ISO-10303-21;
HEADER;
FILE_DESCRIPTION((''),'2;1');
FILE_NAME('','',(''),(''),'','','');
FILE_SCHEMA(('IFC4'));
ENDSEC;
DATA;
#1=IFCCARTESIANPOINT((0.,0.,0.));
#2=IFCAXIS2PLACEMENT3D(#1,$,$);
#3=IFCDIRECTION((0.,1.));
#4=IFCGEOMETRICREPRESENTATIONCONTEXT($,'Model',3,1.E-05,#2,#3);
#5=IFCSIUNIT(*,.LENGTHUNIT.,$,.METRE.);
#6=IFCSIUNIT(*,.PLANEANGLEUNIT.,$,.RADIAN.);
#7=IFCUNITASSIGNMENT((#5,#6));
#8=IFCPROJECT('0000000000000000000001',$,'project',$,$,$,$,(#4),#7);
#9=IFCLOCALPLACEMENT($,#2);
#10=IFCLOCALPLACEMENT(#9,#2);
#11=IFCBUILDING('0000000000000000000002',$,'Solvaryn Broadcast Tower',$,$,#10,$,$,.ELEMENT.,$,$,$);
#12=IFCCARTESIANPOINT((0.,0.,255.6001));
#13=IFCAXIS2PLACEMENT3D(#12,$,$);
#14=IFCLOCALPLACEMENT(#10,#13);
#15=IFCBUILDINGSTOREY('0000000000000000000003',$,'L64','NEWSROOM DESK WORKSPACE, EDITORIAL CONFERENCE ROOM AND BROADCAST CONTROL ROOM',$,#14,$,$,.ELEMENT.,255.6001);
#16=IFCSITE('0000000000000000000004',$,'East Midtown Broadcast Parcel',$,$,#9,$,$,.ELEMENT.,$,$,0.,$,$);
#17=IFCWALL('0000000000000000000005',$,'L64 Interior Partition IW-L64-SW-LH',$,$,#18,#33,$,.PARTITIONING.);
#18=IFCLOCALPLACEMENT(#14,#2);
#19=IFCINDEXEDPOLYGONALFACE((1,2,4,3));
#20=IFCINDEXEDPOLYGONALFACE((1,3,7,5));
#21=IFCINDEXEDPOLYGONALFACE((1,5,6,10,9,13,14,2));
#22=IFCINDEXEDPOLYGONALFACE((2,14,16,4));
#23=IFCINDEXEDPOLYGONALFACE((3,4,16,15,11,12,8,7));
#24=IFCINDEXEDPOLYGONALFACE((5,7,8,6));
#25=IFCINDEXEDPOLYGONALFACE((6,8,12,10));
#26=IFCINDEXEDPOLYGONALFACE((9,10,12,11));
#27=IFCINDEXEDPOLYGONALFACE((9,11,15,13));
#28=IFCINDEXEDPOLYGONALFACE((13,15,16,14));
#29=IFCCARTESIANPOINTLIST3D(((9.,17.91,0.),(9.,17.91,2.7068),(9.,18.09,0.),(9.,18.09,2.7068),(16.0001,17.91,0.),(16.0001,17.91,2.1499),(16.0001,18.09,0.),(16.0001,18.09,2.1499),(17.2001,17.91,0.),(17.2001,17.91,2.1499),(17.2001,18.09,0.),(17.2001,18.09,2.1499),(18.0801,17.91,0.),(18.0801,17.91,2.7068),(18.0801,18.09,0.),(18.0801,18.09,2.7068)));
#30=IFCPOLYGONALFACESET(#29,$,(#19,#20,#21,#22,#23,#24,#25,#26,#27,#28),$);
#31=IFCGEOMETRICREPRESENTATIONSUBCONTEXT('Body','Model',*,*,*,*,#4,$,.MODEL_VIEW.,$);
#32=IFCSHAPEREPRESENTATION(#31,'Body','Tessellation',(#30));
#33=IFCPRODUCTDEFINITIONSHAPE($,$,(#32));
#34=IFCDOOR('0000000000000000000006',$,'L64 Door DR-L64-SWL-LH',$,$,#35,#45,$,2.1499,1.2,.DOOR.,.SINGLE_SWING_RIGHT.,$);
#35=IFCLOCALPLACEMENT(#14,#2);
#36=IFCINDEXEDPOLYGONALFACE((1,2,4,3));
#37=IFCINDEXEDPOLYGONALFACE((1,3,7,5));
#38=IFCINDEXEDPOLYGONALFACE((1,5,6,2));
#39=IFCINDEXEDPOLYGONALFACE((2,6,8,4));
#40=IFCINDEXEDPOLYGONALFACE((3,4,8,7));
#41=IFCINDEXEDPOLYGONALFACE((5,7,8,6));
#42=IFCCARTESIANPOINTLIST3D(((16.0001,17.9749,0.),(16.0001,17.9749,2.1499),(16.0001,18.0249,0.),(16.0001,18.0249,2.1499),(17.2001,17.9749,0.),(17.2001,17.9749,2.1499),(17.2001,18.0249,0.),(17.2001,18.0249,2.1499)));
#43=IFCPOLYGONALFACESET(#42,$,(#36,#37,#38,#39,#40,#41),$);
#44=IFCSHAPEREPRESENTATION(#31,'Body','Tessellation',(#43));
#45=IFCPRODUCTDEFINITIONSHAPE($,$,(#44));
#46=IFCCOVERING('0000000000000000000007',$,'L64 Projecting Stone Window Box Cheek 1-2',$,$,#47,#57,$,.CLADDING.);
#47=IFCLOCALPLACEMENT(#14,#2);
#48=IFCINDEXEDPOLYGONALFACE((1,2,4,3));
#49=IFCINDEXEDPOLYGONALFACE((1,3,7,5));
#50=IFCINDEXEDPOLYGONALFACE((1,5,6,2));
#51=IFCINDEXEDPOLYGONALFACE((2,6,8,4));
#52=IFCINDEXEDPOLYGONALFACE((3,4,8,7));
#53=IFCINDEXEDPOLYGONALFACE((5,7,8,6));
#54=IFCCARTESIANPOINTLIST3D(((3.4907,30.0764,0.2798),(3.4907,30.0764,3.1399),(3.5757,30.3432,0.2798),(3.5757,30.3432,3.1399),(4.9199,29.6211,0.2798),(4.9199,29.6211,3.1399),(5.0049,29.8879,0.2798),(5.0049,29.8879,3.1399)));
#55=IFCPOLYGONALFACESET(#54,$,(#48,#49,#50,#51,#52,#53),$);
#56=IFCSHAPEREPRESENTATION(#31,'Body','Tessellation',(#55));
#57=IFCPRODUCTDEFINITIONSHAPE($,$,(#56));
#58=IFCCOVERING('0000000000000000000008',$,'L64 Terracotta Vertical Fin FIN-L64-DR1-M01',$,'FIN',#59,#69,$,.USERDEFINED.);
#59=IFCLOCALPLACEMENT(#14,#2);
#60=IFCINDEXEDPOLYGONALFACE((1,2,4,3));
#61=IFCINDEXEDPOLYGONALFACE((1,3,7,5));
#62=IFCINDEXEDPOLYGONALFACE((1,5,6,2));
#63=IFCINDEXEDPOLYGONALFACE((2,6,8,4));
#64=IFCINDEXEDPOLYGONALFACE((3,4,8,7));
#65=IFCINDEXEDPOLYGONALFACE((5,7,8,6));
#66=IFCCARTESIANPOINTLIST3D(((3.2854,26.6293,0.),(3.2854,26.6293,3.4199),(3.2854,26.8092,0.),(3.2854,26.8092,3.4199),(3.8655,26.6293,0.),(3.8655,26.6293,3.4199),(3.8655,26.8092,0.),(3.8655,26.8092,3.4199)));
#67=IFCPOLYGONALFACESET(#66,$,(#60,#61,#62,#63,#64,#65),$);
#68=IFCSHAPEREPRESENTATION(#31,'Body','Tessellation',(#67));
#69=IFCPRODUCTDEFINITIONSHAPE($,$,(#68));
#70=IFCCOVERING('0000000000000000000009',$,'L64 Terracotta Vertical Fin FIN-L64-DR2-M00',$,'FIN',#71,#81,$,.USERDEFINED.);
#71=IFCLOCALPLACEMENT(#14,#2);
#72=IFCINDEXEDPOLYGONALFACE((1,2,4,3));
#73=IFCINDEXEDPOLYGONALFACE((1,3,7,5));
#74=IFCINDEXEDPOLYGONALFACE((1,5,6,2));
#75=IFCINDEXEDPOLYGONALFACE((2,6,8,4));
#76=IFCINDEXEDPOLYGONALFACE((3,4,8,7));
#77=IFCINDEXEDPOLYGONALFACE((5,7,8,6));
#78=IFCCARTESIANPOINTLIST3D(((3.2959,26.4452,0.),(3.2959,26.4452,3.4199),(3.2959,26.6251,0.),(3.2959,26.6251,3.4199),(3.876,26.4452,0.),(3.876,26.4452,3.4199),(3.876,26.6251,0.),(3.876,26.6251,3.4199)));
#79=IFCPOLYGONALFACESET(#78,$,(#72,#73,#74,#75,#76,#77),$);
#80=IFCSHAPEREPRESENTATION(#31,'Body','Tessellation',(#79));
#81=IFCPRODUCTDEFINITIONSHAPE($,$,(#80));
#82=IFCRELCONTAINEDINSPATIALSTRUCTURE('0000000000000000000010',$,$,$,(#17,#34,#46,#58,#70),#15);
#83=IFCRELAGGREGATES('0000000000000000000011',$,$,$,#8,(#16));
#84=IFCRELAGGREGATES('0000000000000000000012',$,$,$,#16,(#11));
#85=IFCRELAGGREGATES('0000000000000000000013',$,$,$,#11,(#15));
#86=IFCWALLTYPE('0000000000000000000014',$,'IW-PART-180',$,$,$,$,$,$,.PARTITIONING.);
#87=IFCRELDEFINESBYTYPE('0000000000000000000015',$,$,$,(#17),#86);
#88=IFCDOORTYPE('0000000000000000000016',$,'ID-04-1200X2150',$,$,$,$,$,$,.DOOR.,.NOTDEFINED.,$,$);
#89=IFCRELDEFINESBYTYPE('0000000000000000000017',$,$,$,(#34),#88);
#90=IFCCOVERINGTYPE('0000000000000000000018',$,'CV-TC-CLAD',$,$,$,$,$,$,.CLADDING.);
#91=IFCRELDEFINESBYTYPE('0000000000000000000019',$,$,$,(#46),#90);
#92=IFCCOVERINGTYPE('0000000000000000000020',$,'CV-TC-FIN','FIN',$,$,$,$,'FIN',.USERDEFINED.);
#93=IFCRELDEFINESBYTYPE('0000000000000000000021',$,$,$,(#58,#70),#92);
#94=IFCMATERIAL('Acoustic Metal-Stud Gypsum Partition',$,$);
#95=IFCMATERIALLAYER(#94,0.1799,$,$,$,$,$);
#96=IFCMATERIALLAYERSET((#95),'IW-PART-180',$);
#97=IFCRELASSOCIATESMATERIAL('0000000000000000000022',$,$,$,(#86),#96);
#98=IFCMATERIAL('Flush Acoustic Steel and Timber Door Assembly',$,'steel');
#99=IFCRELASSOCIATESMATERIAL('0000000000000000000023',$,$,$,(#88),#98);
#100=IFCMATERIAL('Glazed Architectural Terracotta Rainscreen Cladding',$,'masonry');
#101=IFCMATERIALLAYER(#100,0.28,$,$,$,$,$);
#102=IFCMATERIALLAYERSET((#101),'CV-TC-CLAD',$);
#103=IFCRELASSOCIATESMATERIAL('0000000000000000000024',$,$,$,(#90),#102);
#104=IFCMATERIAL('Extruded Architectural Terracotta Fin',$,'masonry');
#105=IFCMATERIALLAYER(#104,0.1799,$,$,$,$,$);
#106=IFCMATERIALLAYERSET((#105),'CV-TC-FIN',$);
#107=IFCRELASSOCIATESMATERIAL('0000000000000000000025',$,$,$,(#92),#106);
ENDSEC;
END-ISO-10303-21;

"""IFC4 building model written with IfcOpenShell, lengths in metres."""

from ifc_helpers import new_model, si_unit, direction, frame, frame_2d, origin, origin_2d, place, context, subcontext, project, spatial, rectangle, extrude, material, layer, layer_set, type_object, element, fill, save


model = new_model("IFC4")

# Units and contexts
model_context = context("Model", 3, precision=1e-05, world=origin(), true_north=direction((0.0, 1.0)))
body_context = subcontext(model_context, "Body", "Model", "MODEL_VIEW")
ifc_project = project(units=[si_unit("LENGTHUNIT", "METRE"), si_unit("PLANEANGLEUNIT", "RADIAN")], contexts=[model_context])

# Site, building, storey
site_placement = place(None, origin())
site = spatial("IfcSite", under=ifc_project, at=site_placement, Name="East Midtown Broadcast Parcel", CompositionType="ELEMENT", RefElevation=0.0)
building_placement = place(site_placement, origin())
building = spatial("IfcBuilding", under=site, at=building_placement, Name="Solvaryn Broadcast Tower", CompositionType="ELEMENT")
storey_placement = place(building_placement, frame((0.0, 0.0, 255.6001)))
storey = spatial("IfcBuildingStorey", under=building, at=storey_placement, Name="L64", Description="NEWSROOM DESK WORKSPACE, EDITORIAL CONFERENCE ROOM AND BROADCAST CONTROL ROOM", CompositionType="ELEMENT", Elevation=255.6001)

# Wall, opening, door
ifc_material_1 = material(Name="Acoustic Metal-Stud Gypsum Partition")
ifc_layer_1 = layer(ifc_material_1, 0.1799)
ifc_layer_set_1 = layer_set([ifc_layer_1], Name="IW-PART-180")
wall_type = type_object("IfcWallType", Name="IW-PART-180", PredefinedType="PARTITIONING", material=ifc_layer_set_1)
wall_placement = place(storey_placement, frame((9.0, 18.0, 0.0), z_axis=(0.0, 0.0, 1.0), x_axis=(1.0, 0.0, 0.0)))
wall = element("IfcWall", 1, at=wall_placement, inside=storey, type_object=wall_type, Name="L64 Interior Partition IW-L64-SW-LH", PredefinedType="PARTITIONING", context=body_context, shape_type="SweptSolid", body=[
    extrude(rectangle(XDim=9.0801, YDim=0.1799, at=frame_2d((4.54, 0.0))), origin(), (0.0, 0.0, 1.0), 2.7068),
])
opening_placement = place(wall_placement, frame((7.0, 0.0, 0.0)))
opening = element("IfcOpeningElement", 2, at=opening_placement, cuts=wall, PredefinedType="OPENING", context=body_context, shape_type="SweptSolid", body=[
    extrude(rectangle(XDim=1.2, YDim=2.1499, at=frame_2d((0.6001, 1.075))), frame((0.0, 0.0999, 0.0), z_axis=(0.0, -1.0, 0.0), x_axis=(1.0, 0.0, 0.0)), (0.0, 0.0, 1.0), 0.2),
])
ifc_material_2 = material(Name="Flush Acoustic Steel and Timber Door Assembly", Category="steel")
door_type = type_object("IfcDoorType", Name="ID-04-1200X2150", OperationType="NOTDEFINED", PredefinedType="DOOR", material=ifc_material_2)
door_placement = place(opening_placement, origin())
door = element("IfcDoor", 3, at=door_placement, inside=storey, type_object=door_type, Name="L64 Door DR-L64-SWL-LH", OperationType="SINGLE_SWING_RIGHT", OverallHeight=2.1499, OverallWidth=1.2, PredefinedType="DOOR", context=body_context, shape_type="SweptSolid", body=[
    extrude(rectangle(XDim=1.2, YDim=2.1499, at=frame_2d((0.6001, 1.075))), frame((0.0, 0.0249, 0.0), z_axis=(0.0, -1.0, 0.0), x_axis=(1.0, 0.0, 0.0)), (0.0, 0.0, 1.0), 0.05),
])
fill(opening, door)

# Coverings
ifc_material_3 = material(Name="Glazed Architectural Terracotta Rainscreen Cladding", Category="masonry")
ifc_layer_2 = layer(ifc_material_3, 0.28)
ifc_layer_set_2 = layer_set([ifc_layer_2], Name="CV-TC-CLAD")
covering_type_1 = type_object("IfcCoveringType", Name="CV-TC-CLAD", PredefinedType="CLADDING", material=ifc_layer_set_2)
covering_placement = place(storey_placement, frame((4.2478, 29.9822, 0.2798), z_axis=(0.0, 0.0, 1.0), x_axis=(-0.303534, -0.952821, 0.0)))
element("IfcCovering", 4, at=covering_placement, inside=storey, type_object=covering_type_1, Name="L64 Projecting Stone Window Box Cheek 1-2", PredefinedType="CLADDING", context=body_context, shape_type="SweptSolid", body=[
    extrude(rectangle(XDim=0.28, YDim=1.5, at=origin_2d()), origin(), (0.0, 0.0, 1.0), 2.8601),
])
ifc_material_4 = material(Name="Extruded Architectural Terracotta Fin", Category="masonry")
ifc_layer_3 = layer(ifc_material_4, 0.1799)
ifc_layer_set_3 = layer_set([ifc_layer_3], Name="CV-TC-FIN")
covering_type_2 = type_object("IfcCoveringType", Name="CV-TC-FIN", Description="FIN", ElementType="FIN", PredefinedType="USERDEFINED", material=ifc_layer_set_3)
for number, where, z_axis, x_axis, name in (
    (5, (3.5754, 26.7192, 0.0), (0.0, 0.0, 1.0), (1.0, 0.0, 0.0), "L64 Terracotta Vertical Fin FIN-L64-DR1-M01"),
    (6, (3.5859, 26.5352, 0.0), (0.0, 0.0, 1.0), (1.0, 0.0, 0.0), "L64 Terracotta Vertical Fin FIN-L64-DR2-M00"),
):
    element("IfcCovering", number, at=place(storey_placement, frame(where, z_axis=z_axis, x_axis=x_axis)), inside=storey, type_object=covering_type_2, Name=name, ObjectType="FIN", PredefinedType="USERDEFINED", context=body_context, shape_type="SweptSolid", body=[
        extrude(rectangle(XDim=0.5801, YDim=0.1799, at=origin_2d()), origin(), (0.0, 0.0, 1.0), 3.4199),
    ])

save(model, "model.ifc")
